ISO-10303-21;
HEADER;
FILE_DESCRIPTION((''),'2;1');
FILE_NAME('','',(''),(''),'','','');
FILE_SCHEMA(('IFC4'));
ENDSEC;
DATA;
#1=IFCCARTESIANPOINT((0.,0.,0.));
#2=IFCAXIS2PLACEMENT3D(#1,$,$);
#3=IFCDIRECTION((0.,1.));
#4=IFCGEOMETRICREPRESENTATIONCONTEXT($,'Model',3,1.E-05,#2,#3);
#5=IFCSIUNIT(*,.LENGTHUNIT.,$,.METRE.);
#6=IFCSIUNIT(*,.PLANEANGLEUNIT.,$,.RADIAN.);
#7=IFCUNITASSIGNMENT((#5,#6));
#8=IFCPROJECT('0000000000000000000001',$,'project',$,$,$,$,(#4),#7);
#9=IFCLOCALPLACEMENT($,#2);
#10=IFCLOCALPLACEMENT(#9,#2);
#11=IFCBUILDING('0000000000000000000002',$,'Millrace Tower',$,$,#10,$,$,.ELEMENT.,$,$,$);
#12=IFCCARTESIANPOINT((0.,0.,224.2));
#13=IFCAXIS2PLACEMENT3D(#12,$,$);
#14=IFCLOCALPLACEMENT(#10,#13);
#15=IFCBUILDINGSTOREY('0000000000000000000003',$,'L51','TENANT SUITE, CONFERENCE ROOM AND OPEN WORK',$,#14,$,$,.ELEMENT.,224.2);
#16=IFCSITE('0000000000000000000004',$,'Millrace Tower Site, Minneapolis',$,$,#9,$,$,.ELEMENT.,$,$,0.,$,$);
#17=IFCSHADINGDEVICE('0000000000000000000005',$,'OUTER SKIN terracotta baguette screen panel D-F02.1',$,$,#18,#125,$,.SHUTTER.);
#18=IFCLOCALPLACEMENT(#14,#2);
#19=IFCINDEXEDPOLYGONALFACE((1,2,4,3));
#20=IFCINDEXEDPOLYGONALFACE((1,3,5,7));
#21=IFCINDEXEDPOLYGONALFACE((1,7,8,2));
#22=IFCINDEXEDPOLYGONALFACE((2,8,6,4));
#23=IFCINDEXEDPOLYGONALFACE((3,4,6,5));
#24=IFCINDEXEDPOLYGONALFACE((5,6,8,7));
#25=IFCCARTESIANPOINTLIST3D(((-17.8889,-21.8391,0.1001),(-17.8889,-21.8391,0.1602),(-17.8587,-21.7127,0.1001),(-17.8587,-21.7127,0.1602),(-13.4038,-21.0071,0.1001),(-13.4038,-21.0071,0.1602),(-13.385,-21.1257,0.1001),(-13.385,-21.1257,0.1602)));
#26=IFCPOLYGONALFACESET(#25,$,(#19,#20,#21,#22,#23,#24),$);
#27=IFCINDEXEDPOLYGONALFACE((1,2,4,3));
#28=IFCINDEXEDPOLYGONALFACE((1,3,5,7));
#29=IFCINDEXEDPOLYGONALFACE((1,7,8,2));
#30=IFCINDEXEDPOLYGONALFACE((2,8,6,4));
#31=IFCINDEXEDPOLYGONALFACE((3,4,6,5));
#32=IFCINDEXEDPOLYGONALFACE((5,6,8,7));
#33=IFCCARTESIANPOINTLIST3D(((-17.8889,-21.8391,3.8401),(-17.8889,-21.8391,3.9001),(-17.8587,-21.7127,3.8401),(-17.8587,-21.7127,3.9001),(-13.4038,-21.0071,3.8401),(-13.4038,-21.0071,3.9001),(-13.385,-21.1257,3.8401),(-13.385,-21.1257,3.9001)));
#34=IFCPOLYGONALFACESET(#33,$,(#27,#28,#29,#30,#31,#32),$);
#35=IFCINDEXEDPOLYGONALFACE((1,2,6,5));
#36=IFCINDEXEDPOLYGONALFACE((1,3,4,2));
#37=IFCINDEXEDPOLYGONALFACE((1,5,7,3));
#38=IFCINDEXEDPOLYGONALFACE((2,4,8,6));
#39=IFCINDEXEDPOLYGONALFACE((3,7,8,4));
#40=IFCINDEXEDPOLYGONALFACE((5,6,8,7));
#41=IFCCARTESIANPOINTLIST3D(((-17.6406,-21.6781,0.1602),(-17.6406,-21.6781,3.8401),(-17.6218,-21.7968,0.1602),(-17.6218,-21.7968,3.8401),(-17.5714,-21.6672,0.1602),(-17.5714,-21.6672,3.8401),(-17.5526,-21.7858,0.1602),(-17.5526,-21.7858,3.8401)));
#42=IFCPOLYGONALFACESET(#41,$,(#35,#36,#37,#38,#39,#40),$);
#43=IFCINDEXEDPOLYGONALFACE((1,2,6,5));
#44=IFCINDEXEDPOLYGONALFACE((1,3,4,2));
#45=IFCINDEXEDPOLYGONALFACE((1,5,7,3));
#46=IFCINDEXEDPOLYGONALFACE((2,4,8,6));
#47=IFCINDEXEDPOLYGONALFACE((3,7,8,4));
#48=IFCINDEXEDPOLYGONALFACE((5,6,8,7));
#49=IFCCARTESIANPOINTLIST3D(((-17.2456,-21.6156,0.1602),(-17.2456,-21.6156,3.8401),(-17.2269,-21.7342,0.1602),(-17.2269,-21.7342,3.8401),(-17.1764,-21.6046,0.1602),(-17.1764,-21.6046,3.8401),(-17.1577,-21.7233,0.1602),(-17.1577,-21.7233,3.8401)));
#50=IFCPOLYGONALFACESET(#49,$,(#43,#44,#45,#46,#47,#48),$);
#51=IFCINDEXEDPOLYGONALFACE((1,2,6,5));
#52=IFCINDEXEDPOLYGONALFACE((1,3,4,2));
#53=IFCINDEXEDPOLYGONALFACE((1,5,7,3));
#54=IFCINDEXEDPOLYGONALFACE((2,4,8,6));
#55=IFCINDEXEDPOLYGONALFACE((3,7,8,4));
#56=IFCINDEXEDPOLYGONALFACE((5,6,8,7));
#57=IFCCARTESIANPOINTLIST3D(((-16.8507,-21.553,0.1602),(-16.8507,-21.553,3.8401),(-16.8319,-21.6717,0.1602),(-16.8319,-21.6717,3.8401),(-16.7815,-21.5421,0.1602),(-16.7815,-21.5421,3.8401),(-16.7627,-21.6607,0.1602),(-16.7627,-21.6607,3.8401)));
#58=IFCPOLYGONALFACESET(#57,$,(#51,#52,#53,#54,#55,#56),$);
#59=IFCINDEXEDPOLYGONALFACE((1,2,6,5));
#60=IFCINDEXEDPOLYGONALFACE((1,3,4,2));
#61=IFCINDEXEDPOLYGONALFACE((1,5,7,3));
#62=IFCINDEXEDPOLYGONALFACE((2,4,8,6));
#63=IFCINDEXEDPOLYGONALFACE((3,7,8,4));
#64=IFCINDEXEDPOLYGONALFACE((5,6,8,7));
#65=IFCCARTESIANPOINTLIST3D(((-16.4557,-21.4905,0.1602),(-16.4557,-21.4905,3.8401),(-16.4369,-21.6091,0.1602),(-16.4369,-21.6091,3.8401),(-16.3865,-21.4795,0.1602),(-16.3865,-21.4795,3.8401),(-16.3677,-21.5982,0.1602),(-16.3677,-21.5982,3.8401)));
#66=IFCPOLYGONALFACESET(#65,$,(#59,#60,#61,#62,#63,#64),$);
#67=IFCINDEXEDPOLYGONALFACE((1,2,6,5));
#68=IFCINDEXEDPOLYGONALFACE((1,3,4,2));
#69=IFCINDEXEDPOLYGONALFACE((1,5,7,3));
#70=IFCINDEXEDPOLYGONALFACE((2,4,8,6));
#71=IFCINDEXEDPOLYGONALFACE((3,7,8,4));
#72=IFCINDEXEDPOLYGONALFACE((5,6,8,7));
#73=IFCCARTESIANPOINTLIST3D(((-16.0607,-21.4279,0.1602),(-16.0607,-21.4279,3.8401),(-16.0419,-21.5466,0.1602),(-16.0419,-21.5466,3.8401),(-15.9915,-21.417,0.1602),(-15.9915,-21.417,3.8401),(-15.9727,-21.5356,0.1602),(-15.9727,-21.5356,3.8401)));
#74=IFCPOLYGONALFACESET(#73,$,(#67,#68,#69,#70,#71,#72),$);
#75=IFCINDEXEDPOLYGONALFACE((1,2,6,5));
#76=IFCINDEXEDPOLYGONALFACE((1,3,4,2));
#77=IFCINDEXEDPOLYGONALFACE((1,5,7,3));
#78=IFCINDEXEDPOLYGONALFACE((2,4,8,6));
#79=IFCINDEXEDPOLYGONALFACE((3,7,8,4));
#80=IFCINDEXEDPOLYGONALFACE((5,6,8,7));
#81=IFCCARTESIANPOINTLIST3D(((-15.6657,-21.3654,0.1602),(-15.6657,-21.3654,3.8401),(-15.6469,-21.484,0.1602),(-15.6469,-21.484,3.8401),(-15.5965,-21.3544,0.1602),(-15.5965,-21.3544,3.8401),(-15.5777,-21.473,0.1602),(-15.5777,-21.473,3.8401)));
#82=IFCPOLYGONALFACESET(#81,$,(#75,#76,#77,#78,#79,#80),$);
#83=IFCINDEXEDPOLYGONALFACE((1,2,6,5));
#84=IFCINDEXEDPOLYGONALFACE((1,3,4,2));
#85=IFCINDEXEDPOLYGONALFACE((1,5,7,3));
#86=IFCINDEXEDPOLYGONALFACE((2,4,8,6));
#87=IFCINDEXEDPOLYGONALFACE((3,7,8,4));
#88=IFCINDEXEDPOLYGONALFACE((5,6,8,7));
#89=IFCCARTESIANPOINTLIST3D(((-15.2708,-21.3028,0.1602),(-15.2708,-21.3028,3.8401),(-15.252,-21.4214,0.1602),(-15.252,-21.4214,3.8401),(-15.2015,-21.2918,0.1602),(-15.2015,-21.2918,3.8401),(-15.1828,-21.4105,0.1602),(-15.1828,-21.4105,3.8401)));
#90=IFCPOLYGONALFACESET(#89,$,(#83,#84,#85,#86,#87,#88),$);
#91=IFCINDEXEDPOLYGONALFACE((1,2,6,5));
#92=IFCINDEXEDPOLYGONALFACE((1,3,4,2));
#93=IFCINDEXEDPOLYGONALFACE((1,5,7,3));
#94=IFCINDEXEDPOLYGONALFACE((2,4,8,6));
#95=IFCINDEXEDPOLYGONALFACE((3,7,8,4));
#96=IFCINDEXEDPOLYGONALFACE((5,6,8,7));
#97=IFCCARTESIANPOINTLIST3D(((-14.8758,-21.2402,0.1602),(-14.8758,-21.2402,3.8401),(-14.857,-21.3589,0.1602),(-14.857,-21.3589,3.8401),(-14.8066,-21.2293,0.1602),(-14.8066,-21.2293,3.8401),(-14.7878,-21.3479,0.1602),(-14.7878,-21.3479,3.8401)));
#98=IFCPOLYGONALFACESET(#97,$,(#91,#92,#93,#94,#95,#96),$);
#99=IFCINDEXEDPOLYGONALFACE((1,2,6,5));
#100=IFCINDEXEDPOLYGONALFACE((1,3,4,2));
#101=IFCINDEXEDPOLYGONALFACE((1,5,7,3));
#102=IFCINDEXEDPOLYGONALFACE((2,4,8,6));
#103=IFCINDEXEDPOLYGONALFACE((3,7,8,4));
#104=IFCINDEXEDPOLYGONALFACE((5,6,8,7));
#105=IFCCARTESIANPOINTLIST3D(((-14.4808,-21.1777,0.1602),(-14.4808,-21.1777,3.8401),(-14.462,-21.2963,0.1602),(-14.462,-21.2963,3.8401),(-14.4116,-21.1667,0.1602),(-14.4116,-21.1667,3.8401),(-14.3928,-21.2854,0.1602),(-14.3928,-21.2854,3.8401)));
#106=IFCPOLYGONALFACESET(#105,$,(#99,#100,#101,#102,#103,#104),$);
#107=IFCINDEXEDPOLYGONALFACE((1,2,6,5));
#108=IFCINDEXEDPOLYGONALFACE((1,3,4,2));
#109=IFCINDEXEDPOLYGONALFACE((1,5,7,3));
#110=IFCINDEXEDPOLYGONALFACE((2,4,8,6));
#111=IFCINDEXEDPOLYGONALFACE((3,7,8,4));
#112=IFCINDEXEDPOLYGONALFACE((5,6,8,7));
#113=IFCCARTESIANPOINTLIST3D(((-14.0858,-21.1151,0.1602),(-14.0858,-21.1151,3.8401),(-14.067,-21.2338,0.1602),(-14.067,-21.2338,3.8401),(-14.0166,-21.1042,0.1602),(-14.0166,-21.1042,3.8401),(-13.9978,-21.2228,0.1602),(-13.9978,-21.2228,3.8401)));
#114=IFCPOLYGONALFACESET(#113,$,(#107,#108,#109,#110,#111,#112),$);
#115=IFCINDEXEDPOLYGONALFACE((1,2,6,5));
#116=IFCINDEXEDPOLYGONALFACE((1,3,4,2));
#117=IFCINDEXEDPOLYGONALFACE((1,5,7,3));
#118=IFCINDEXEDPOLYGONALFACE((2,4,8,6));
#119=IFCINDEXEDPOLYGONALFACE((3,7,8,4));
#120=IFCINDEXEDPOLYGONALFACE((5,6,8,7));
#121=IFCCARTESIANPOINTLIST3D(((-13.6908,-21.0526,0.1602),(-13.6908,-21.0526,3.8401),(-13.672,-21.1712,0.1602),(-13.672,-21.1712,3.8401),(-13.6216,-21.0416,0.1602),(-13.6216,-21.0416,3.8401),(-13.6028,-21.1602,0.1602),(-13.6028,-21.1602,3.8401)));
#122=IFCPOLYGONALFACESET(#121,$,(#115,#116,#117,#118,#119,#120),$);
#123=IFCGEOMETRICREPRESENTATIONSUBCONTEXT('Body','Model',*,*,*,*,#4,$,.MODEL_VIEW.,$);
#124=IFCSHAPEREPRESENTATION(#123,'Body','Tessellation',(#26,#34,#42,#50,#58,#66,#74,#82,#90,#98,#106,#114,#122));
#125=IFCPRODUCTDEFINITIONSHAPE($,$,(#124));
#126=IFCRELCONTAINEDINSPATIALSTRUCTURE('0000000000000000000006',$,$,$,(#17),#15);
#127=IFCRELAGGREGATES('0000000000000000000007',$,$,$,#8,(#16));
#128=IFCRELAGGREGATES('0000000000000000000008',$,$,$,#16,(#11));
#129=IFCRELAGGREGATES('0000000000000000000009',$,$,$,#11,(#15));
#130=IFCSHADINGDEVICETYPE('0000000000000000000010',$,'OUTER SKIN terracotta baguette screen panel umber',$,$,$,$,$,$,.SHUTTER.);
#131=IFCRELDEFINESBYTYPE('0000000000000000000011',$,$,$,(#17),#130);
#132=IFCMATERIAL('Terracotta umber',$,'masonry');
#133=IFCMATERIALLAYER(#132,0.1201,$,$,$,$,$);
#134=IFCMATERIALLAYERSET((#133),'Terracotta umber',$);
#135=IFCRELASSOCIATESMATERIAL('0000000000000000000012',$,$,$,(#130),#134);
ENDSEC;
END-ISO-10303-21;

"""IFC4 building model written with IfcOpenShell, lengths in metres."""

from ifc_helpers import new_model, entity, si_unit, direction, frame, frame_2d, origin, place, context, subcontext, project, spatial, rectangle, extrude, source, transform, mapped, material, layer, layer_set, type_object, element, save


model = new_model("IFC4")

# Units and contexts
model_context = context("Model", 3, precision=1e-05, world=origin(), true_north=direction((0.0, 1.0)))
body_context = subcontext(model_context, "Body", "Model", "MODEL_VIEW")
ifc_project = project(units=[si_unit("LENGTHUNIT", "METRE"), si_unit("PLANEANGLEUNIT", "RADIAN")], contexts=[model_context])

# Site, building, storey
site_placement = place(None, origin())
site = spatial("IfcSite", under=ifc_project, at=site_placement, Name="Millrace Tower Site, Minneapolis", CompositionType="ELEMENT", RefElevation=0.0)
building_placement = place(site_placement, origin())
building = spatial("IfcBuilding", under=site, at=building_placement, Name="Millrace Tower", CompositionType="ELEMENT")
storey_placement = place(building_placement, frame((0.0, 0.0, 224.2)))
storey = spatial("IfcBuildingStorey", under=building, at=storey_placement, Name="L51", Description="TENANT SUITE, CONFERENCE ROOM AND OPEN WORK", CompositionType="ELEMENT", Elevation=224.2)

# Shading device
ifc_material_1 = material(Name="Terracotta umber", Category="masonry")
ifc_layer_1 = layer(ifc_material_1, 0.1201)
ifc_layer_set_1 = layer_set([ifc_layer_1], Name="Terracotta umber")
shading_device_type = type_object("IfcShadingDeviceType", Name="OUTER SKIN terracotta baguette screen panel umber", PredefinedType="SHUTTER", material=ifc_layer_set_1)
cartesian_point_1 = entity("IfcCartesianPoint", [-2.2429, 0.0601])
shared_polyline_1 = entity("IfcPolyline", [cartesian_point_1, entity("IfcCartesianPoint", [2.2676, 0.0601]), entity("IfcCartesianPoint", [2.2676, -0.0601]), entity("IfcCartesianPoint", [-2.2925, -0.0601]), cartesian_point_1])
shared_shape_1 = source(origin(), body_context, "Body", "SweptSolid", [
    entity("IfcExtrudedAreaSolid", entity("IfcArbitraryClosedProfileDef", "AREA", None, shared_polyline_1), entity("IfcAxis2Placement3D", entity("IfcCartesianPoint", [0.0, 0.0, 0.0])), entity("IfcDirection", [0.0, 0.0, 1.0]), 0.0601),
    entity("IfcExtrudedAreaSolid", entity("IfcArbitraryClosedProfileDef", "AREA", None, shared_polyline_1), entity("IfcAxis2Placement3D", entity("IfcCartesianPoint", [0.0, 0.0, 3.74])), entity("IfcDirection", [0.0, 0.0, 1.0]), 0.0601),
    extrude(rectangle(XDim=0.0701, YDim=0.1201, at=frame_2d((-1.9871, 0.0))), frame((0.0, 0.0, 0.0601)), (0.0, 0.0, 1.0), 3.6799),
    extrude(rectangle(XDim=0.0701, YDim=0.1201, at=frame_2d((-1.5872, 0.0))), frame((0.0, 0.0, 0.0601)), (0.0, 0.0, 1.0), 3.6799),
    extrude(rectangle(XDim=0.0701, YDim=0.1201, at=frame_2d((-1.1873, 0.0))), frame((0.0, 0.0, 0.0601)), (0.0, 0.0, 1.0), 3.6799),
    extrude(rectangle(XDim=0.0701, YDim=0.1201, at=frame_2d((-0.7874, 0.0))), frame((0.0, 0.0, 0.0601)), (0.0, 0.0, 1.0), 3.6799),
    extrude(rectangle(XDim=0.0701, YDim=0.1201, at=frame_2d((-0.3875, 0.0))), frame((0.0, 0.0, 0.0601)), (0.0, 0.0, 1.0), 3.6799),
    extrude(rectangle(XDim=0.0701, YDim=0.1201, at=frame_2d((0.0125, 0.0))), frame((0.0, 0.0, 0.0601)), (0.0, 0.0, 1.0), 3.6799),
    extrude(rectangle(XDim=0.0701, YDim=0.1201, at=frame_2d((0.4124, 0.0))), frame((0.0, 0.0, 0.0601)), (0.0, 0.0, 1.0), 3.6799),
    extrude(rectangle(XDim=0.0701, YDim=0.1201, at=frame_2d((0.8123, 0.0))), frame((0.0, 0.0, 0.0601)), (0.0, 0.0, 1.0), 3.6799),
    extrude(rectangle(XDim=0.0701, YDim=0.1201, at=frame_2d((1.2122, 0.0))), frame((0.0, 0.0, 0.0601)), (0.0, 0.0, 1.0), 3.6799),
    extrude(rectangle(XDim=0.0701, YDim=0.1201, at=frame_2d((1.6121, 0.0))), frame((0.0, 0.0, 0.0601)), (0.0, 0.0, 1.0), 3.6799),
    extrude(rectangle(XDim=0.0701, YDim=0.1201, at=frame_2d((2.012, 0.0))), frame((0.0, 0.0, 0.0601)), (0.0, 0.0, 1.0), 3.6799),
])
shading_device_1_placement = place(storey_placement, frame((-15.634, -21.4211, 0.1001), z_axis=(0.0, 0.0, 1.0), x_axis=(0.987688, 0.156434, 0.0)))
element("IfcShadingDevice", 1, at=shading_device_1_placement, inside=storey, type_object=shading_device_type, Name="OUTER SKIN terracotta baguette screen panel D-F02.1", PredefinedType="SHUTTER", context=body_context, shape_type="MappedRepresentation", body=[
    mapped(shared_shape_1, transform((0.0, 0.0, 0.0), scale=1.0)),
])

save(model, "model.ifc")
